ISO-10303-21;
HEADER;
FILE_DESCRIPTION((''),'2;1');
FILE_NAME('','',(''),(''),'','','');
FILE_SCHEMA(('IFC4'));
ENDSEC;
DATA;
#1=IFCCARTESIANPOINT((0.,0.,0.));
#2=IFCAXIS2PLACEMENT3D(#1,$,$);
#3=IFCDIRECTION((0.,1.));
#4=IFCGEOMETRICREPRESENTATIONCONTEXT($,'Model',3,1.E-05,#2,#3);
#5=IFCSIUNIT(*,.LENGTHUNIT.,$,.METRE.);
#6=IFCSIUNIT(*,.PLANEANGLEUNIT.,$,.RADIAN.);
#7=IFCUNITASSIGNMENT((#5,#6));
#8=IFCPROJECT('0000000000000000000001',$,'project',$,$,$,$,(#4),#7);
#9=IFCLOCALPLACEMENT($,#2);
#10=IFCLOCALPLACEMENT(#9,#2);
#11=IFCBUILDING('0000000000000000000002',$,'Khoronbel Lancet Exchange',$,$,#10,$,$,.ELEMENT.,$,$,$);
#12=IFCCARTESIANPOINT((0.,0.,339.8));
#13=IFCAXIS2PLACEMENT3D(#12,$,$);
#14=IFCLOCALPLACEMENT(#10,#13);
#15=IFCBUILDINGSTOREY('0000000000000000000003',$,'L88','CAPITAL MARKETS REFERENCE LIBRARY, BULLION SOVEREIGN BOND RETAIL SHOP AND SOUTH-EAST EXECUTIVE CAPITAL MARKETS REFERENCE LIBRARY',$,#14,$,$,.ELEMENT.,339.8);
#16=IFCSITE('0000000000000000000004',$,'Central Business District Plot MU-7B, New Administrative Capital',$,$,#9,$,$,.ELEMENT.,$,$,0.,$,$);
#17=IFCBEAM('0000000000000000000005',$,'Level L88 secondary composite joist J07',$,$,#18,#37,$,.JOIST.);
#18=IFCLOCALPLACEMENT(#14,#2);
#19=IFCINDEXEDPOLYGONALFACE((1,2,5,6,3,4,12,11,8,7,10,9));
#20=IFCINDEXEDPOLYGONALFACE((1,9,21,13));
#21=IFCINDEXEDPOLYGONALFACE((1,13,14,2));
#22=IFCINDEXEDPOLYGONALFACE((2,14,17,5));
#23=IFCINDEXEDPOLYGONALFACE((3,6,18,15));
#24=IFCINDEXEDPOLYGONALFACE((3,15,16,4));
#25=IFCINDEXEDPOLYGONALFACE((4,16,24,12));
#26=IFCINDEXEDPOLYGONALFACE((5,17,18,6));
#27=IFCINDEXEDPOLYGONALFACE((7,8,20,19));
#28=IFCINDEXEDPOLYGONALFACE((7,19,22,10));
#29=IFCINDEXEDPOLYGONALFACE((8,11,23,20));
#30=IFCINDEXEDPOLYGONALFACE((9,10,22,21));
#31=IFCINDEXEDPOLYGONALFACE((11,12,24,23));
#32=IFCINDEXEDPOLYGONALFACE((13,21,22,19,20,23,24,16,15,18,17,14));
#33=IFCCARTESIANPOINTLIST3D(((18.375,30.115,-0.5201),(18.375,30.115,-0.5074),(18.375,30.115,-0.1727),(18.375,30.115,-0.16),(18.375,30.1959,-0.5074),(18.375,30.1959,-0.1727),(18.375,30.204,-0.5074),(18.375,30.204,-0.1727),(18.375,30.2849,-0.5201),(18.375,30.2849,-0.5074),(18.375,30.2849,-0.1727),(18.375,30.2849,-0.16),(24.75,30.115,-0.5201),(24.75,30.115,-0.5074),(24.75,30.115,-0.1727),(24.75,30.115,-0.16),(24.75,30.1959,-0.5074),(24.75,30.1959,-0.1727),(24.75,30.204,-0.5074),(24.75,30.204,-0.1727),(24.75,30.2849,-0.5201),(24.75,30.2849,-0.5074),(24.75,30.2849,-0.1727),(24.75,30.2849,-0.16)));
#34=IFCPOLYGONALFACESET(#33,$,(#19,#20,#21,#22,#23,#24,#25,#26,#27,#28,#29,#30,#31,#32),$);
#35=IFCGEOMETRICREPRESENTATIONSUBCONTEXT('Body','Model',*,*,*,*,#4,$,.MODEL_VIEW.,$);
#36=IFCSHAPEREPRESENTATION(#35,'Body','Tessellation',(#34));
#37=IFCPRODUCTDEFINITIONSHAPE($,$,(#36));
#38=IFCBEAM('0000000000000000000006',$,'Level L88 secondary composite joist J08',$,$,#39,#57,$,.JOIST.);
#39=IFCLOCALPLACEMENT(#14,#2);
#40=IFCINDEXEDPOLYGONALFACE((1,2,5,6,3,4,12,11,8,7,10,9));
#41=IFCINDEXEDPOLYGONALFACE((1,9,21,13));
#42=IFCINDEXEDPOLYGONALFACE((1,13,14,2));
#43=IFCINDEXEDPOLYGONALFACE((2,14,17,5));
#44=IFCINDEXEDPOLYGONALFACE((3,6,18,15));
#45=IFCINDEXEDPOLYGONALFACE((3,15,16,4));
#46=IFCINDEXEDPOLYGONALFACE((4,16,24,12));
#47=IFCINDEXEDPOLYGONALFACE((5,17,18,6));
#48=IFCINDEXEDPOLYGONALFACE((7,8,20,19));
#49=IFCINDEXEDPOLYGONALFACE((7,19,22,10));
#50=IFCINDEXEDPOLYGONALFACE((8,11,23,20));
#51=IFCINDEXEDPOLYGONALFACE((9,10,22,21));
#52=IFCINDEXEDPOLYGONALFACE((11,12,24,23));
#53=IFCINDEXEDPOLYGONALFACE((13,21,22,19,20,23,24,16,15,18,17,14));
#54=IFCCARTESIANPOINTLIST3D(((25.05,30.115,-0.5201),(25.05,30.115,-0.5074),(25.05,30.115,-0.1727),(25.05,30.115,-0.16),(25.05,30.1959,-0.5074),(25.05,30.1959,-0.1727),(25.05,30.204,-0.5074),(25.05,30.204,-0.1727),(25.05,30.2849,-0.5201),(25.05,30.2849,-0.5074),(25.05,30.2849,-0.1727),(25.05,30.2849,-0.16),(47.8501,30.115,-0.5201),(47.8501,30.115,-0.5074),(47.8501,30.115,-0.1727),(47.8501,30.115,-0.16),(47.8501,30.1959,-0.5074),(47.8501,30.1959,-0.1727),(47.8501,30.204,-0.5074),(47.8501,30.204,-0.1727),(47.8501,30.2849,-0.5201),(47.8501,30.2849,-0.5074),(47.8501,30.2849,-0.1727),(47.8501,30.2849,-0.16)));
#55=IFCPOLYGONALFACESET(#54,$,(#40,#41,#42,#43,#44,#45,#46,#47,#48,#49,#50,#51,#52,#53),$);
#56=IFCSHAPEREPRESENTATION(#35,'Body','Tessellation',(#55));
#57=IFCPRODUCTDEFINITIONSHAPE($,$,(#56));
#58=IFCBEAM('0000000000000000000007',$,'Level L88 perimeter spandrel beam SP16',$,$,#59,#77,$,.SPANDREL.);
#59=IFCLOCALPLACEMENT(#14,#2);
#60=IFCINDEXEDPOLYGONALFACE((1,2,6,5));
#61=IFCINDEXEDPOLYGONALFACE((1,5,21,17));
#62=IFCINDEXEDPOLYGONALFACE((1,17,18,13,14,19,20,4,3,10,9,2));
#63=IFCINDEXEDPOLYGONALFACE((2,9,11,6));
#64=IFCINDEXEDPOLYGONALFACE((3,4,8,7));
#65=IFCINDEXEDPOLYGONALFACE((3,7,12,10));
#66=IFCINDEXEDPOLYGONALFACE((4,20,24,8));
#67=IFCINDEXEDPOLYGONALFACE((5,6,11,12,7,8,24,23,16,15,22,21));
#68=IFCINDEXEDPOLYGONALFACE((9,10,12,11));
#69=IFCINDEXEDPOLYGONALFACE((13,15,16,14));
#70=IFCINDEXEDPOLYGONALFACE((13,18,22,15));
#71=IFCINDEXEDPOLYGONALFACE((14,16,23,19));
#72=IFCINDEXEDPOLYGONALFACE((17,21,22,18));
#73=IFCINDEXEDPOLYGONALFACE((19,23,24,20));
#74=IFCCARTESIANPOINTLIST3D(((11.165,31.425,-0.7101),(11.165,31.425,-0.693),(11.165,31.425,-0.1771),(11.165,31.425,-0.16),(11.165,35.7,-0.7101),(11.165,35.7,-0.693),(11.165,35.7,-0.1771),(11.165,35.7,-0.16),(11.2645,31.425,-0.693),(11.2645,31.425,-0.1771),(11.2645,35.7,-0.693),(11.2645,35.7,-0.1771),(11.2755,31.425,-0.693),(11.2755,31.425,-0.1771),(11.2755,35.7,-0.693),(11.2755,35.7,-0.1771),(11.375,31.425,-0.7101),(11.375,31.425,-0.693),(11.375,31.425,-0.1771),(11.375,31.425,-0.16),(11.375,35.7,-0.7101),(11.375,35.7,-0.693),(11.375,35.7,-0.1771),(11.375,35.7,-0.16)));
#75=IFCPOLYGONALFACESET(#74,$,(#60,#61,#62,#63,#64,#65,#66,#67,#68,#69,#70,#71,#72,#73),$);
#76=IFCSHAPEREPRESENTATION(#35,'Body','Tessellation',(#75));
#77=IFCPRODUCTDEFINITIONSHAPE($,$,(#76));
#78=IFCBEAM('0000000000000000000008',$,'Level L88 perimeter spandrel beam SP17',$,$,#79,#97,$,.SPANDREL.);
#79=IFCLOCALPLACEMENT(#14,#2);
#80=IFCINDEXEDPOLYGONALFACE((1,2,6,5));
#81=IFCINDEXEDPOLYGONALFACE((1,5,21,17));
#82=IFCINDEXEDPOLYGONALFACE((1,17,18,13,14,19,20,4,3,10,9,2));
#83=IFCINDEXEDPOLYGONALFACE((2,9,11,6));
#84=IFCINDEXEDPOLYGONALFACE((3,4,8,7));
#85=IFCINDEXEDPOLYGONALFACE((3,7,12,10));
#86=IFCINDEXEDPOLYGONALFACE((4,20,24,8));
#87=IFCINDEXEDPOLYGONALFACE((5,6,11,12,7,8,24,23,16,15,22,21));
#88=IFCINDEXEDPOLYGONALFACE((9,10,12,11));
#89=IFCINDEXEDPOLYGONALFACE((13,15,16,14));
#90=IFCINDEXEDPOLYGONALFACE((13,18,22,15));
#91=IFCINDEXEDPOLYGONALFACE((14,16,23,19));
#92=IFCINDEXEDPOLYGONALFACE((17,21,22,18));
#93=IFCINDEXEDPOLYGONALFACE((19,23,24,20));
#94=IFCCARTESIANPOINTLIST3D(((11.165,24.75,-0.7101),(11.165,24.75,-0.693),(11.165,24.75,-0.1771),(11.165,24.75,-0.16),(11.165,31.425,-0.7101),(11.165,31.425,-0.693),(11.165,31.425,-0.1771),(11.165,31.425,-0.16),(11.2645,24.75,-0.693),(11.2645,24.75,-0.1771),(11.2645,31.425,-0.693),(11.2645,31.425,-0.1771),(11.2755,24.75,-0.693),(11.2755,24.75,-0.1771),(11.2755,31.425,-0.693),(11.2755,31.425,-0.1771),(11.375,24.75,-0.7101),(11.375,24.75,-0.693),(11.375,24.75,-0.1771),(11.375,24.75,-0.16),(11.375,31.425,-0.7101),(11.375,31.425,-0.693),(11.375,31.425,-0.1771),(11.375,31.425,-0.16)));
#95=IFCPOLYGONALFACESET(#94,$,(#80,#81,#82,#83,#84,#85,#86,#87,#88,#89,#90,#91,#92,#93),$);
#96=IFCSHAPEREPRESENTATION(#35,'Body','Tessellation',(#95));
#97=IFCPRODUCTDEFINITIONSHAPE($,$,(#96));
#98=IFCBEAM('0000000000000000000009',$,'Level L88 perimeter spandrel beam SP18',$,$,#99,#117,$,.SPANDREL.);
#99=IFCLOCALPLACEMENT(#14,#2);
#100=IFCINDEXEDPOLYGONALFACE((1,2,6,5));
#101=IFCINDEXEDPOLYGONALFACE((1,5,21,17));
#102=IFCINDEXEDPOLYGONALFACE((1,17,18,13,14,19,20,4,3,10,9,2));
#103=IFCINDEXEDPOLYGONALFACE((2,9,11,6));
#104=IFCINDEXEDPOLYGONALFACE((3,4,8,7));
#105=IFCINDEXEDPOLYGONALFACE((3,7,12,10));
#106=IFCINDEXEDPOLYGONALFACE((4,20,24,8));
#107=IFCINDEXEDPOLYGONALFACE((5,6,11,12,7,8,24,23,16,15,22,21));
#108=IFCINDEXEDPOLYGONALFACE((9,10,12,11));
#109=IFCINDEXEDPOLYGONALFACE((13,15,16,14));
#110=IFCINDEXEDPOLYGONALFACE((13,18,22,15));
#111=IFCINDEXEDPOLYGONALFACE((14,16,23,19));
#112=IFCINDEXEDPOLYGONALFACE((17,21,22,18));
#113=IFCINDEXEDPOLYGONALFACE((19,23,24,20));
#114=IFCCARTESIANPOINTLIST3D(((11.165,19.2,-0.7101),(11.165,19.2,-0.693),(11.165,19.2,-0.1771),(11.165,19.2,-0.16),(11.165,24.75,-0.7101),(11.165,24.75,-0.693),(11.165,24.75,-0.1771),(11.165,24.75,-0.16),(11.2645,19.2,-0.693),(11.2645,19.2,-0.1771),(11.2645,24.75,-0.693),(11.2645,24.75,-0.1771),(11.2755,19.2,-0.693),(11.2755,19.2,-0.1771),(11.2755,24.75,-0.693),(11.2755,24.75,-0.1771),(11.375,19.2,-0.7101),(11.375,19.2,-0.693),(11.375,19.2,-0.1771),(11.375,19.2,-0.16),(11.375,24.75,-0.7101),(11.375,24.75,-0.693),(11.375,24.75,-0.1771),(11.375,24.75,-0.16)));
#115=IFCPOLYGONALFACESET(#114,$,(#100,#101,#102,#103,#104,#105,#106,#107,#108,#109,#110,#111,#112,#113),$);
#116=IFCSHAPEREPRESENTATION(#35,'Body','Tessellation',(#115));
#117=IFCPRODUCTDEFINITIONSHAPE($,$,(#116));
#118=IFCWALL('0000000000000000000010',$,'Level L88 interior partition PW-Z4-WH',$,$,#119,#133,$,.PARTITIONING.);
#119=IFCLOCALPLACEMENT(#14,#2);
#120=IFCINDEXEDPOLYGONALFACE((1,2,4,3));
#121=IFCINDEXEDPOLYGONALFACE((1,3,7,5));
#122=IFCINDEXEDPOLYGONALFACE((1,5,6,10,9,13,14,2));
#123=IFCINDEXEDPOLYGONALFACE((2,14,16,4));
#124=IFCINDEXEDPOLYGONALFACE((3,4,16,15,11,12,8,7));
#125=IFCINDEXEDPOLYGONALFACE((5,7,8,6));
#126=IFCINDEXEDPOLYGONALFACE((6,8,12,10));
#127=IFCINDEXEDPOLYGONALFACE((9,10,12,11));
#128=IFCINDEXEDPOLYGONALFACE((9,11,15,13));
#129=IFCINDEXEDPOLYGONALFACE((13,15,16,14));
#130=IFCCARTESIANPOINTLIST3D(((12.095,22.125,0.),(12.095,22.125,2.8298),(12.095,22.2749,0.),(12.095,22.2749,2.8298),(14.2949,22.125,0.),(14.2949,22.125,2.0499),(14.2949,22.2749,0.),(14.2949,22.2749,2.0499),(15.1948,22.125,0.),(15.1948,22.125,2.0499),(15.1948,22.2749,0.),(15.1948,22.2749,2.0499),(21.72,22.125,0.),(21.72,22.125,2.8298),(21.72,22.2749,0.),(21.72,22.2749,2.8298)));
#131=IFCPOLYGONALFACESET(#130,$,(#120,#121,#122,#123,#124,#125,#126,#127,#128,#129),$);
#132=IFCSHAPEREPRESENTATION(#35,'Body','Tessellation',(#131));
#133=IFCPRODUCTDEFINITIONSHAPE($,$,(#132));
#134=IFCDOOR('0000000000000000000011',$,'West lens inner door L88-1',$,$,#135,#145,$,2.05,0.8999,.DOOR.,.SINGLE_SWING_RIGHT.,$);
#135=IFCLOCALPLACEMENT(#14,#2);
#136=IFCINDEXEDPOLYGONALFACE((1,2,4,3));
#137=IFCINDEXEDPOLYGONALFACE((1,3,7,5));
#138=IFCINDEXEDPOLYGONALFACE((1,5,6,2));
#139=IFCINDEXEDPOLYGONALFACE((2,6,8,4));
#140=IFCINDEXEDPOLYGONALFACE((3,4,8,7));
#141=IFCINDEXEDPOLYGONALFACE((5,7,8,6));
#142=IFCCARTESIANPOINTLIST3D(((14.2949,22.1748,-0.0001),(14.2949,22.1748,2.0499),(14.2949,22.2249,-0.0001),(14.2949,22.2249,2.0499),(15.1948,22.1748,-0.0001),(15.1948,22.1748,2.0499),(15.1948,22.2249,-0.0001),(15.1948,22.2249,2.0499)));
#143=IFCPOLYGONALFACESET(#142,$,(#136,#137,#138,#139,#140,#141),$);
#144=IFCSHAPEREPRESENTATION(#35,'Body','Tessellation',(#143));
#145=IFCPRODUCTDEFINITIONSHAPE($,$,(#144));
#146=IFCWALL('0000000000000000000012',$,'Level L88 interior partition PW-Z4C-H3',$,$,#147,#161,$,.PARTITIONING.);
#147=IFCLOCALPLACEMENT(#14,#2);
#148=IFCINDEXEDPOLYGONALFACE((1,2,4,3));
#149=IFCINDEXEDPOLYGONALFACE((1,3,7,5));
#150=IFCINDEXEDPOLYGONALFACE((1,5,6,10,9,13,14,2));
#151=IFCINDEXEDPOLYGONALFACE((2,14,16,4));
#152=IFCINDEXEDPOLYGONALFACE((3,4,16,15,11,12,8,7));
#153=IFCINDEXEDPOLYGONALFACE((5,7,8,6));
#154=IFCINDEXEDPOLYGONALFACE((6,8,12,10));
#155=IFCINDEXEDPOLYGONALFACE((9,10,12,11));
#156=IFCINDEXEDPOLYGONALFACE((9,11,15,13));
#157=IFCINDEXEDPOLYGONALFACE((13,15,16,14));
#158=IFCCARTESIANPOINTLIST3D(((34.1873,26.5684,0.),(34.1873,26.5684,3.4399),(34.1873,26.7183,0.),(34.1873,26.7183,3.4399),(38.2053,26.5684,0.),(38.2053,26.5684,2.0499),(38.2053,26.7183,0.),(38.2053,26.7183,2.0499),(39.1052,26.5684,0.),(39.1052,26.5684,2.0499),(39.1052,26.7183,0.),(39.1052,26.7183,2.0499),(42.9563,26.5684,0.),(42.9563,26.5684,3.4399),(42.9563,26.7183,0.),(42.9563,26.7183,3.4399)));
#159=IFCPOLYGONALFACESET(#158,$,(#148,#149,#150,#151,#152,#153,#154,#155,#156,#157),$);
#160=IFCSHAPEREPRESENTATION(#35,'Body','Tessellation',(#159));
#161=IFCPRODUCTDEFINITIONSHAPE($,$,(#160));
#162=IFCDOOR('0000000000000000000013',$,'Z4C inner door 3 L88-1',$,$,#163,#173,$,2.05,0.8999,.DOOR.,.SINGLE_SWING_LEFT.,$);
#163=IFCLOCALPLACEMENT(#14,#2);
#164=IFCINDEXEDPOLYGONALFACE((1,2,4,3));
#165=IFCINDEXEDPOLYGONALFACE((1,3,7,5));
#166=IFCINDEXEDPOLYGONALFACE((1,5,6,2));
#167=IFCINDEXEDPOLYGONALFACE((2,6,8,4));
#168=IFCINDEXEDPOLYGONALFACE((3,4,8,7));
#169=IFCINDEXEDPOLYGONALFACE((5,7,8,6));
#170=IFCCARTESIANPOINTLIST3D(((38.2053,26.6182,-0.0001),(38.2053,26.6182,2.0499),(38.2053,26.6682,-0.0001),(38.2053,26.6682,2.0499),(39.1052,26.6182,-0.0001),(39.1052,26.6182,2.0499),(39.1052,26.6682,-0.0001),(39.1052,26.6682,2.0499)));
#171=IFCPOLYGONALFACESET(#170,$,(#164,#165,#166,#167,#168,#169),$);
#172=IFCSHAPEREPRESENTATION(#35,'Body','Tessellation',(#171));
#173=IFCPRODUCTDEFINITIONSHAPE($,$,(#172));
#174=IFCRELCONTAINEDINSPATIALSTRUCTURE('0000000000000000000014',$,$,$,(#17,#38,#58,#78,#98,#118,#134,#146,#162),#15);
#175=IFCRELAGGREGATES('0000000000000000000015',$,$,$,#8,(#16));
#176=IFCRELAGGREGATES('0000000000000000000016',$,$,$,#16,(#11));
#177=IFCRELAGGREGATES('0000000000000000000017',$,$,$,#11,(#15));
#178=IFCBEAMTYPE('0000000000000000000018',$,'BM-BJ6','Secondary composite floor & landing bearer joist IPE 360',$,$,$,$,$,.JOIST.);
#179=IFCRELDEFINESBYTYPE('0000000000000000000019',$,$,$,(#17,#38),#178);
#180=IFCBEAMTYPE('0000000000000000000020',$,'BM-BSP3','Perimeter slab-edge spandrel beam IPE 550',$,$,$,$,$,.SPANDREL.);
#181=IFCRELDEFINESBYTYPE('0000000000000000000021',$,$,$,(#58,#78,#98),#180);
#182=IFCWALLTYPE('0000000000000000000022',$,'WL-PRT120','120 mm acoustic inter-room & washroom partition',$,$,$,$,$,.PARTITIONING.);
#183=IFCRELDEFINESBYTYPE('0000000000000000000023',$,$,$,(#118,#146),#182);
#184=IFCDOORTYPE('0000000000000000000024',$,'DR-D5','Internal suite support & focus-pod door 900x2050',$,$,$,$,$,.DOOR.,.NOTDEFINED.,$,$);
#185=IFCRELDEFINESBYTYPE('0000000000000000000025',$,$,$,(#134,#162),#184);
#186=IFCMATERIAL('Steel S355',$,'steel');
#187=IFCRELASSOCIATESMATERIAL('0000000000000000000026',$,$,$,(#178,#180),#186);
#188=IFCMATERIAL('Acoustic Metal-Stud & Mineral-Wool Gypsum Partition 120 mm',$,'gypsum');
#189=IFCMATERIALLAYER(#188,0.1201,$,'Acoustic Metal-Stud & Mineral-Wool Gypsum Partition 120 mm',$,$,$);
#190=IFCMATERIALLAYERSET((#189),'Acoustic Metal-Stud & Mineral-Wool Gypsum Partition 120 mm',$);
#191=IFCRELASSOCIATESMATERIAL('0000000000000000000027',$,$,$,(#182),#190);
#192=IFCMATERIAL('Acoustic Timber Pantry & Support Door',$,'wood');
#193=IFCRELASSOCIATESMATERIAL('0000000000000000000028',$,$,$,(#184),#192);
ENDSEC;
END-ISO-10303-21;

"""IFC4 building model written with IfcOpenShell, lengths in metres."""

from ifc_helpers import new_model, si_unit, direction, frame, frame_2d, origin, origin_2d, place, context, subcontext, project, spatial, rectangle, i_section, extrude, material, layer, layer_set, material_profile, profile_set, type_object, element, fill, save


model = new_model("IFC4")

# Units and contexts
model_context = context("Model", 3, precision=1e-05, world=origin(), true_north=direction((0.0, 1.0)))
body_context = subcontext(model_context, "Body", "Model", "MODEL_VIEW")
ifc_project = project(units=[si_unit("LENGTHUNIT", "METRE"), si_unit("PLANEANGLEUNIT", "RADIAN")], contexts=[model_context])

# Site, building, storey
site_placement = place(None, origin())
site = spatial("IfcSite", under=ifc_project, at=site_placement, Name="Central Business District Plot MU-7B, New Administrative Capital", CompositionType="ELEMENT", RefElevation=0.0)
building_placement = place(site_placement, origin())
building = spatial("IfcBuilding", under=site, at=building_placement, Name="Khoronbel Lancet Exchange", CompositionType="ELEMENT")
storey_placement = place(building_placement, frame((0.0, 0.0, 339.8)))
storey = spatial("IfcBuildingStorey", under=building, at=storey_placement, Name="L88", Description="CAPITAL MARKETS REFERENCE LIBRARY, BULLION SOVEREIGN BOND RETAIL SHOP AND SOUTH-EAST EXECUTIVE CAPITAL MARKETS REFERENCE LIBRARY", CompositionType="ELEMENT", Elevation=339.8)

# Shared definitions
ifc_material_1 = material(Name="Steel S355", Category="steel")

# Beams
ifc_material_profile_1 = material_profile(ifc_material_1, i_section(OverallWidth=0.1699, OverallDepth=0.3601, WebThickness=0.0081, FlangeThickness=0.0127, at=origin_2d()), Name="IPE 360")
ifc_profile_set_1 = profile_set([ifc_material_profile_1], Name="Steel S355")
beam_type_1 = type_object("IfcBeamType", Name="BM-BJ6", Description="Secondary composite floor & landing bearer joist IPE 360", PredefinedType="JOIST", material=ifc_profile_set_1)
beam_1_placement = place(storey_placement, frame((18.375, 30.2, -0.3401), z_axis=(1.0, 0.0, 0.0), x_axis=(0.0, 1.0, 0.0)))
element("IfcBeam", 1, at=beam_1_placement, inside=storey, type_object=beam_type_1, Name="Level L88 secondary composite joist J07", PredefinedType="JOIST", context=body_context, shape_type="SweptSolid", body=[
    extrude(i_section(OverallWidth=0.1699, OverallDepth=0.3601, WebThickness=0.0081, FlangeThickness=0.0127, at=origin_2d()), origin(), (0.0, 0.0, 1.0), 6.375),
])
beam_2_placement = place(storey_placement, frame((25.05, 30.2, -0.3401), z_axis=(1.0, 0.0, 0.0), x_axis=(0.0, 1.0, 0.0)))
element("IfcBeam", 2, at=beam_2_placement, inside=storey, type_object=beam_type_1, Name="Level L88 secondary composite joist J08", PredefinedType="JOIST", context=body_context, shape_type="SweptSolid", body=[
    extrude(i_section(OverallWidth=0.1699, OverallDepth=0.3601, WebThickness=0.0081, FlangeThickness=0.0127, at=origin_2d()), origin(), (0.0, 0.0, 1.0), 22.8),
])
ifc_material_profile_2 = material_profile(ifc_material_1, i_section(OverallWidth=0.21, OverallDepth=0.55, WebThickness=0.011, FlangeThickness=0.0171, at=origin_2d()), Name="IPE 550")
ifc_profile_set_2 = profile_set([ifc_material_profile_2], Name="Steel S355")
beam_type_2 = type_object("IfcBeamType", Name="BM-BSP3", Description="Perimeter slab-edge spandrel beam IPE 550", PredefinedType="SPANDREL", material=ifc_profile_set_2)
beam_3_placement = place(storey_placement, frame((11.27, 35.7, -0.4351), z_axis=(0.0, -1.0, 0.0), x_axis=(1.0, 0.0, 0.0)))
element("IfcBeam", 3, at=beam_3_placement, inside=storey, type_object=beam_type_2, Name="Level L88 perimeter spandrel beam SP16", PredefinedType="SPANDREL", context=body_context, shape_type="SweptSolid", body=[
    extrude(i_section(OverallWidth=0.21, OverallDepth=0.55, WebThickness=0.011, FlangeThickness=0.0171, at=origin_2d()), origin(), (0.0, 0.0, 1.0), 4.2749),
])
beam_4_placement = place(storey_placement, frame((11.27, 31.425, -0.4351), z_axis=(0.0, -1.0, 0.0), x_axis=(1.0, 0.0, 0.0)))
element("IfcBeam", 4, at=beam_4_placement, inside=storey, type_object=beam_type_2, Name="Level L88 perimeter spandrel beam SP17", PredefinedType="SPANDREL", context=body_context, shape_type="SweptSolid", body=[
    extrude(i_section(OverallWidth=0.21, OverallDepth=0.55, WebThickness=0.011, FlangeThickness=0.0171, at=origin_2d()), origin(), (0.0, 0.0, 1.0), 6.675),
])
beam_5_placement = place(storey_placement, frame((11.27, 24.75, -0.4351), z_axis=(0.0, -1.0, 0.0), x_axis=(1.0, 0.0, 0.0)))
element("IfcBeam", 5, at=beam_5_placement, inside=storey, type_object=beam_type_2, Name="Level L88 perimeter spandrel beam SP18", PredefinedType="SPANDREL", context=body_context, shape_type="SweptSolid", body=[
    extrude(i_section(OverallWidth=0.21, OverallDepth=0.55, WebThickness=0.011, FlangeThickness=0.0171, at=origin_2d()), origin(), (0.0, 0.0, 1.0), 5.55),
])

# Walls, openings, doors
ifc_material_2 = material(Name="Acoustic Metal-Stud & Mineral-Wool Gypsum Partition 120 mm", Category="gypsum")
ifc_layer_1 = layer(ifc_material_2, 0.1201, Name="Acoustic Metal-Stud & Mineral-Wool Gypsum Partition 120 mm")
ifc_layer_set_1 = layer_set([ifc_layer_1], Name="Acoustic Metal-Stud & Mineral-Wool Gypsum Partition 120 mm")
wall_type_1 = type_object("IfcWallType", Name="WL-PRT120", Description="120 mm acoustic inter-room & washroom partition", PredefinedType="PARTITIONING", material=ifc_layer_set_1)
wall_1_placement = place(storey_placement, frame((12.095, 22.2, 0.0), z_axis=(0.0, 0.0, 1.0), x_axis=(1.0, 0.0, 0.0)))
wall_1 = element("IfcWall", 6, at=wall_1_placement, inside=storey, type_object=wall_type_1, Name="Level L88 interior partition PW-Z4-WH", PredefinedType="PARTITIONING", context=body_context, shape_type="SweptSolid", body=[
    extrude(rectangle(XDim=9.625, YDim=0.1499, at=frame_2d((4.8125, 0.0))), origin(), (0.0, 0.0, 1.0), 2.8298),
])
opening_1_placement = place(wall_1_placement, frame((2.2, 0.0, 0.0)))
opening_1 = element("IfcOpeningElement", 7, at=opening_1_placement, cuts=wall_1, PredefinedType="OPENING", context=body_context, shape_type="SweptSolid", body=[
    extrude(rectangle(XDim=0.8999, YDim=2.05, at=frame_2d((0.45, 1.0249))), frame((0.0, 0.085, 0.0), z_axis=(0.0, -1.0, 0.0), x_axis=(1.0, 0.0, 0.0)), (0.0, 0.0, 1.0), 0.1699),
])
ifc_material_3 = material(Name="Acoustic Timber Pantry & Support Door", Category="wood")
door_type_1 = type_object("IfcDoorType", Name="DR-D5", Description="Internal suite support & focus-pod door 900x2050", OperationType="NOTDEFINED", PredefinedType="DOOR", material=ifc_material_3)
door_1_placement = place(opening_1_placement, origin())
door_1 = element("IfcDoor", 8, at=door_1_placement, inside=storey, type_object=door_type_1, Name="West lens inner door L88-1", OperationType="SINGLE_SWING_RIGHT", OverallHeight=2.05, OverallWidth=0.8999, PredefinedType="DOOR", context=body_context, shape_type="SweptSolid", body=[
    extrude(rectangle(XDim=0.8999, YDim=2.05, at=frame_2d((0.45, 1.0249))), frame((0.0, 0.0249, 0.0), z_axis=(0.0, -1.0, 0.0), x_axis=(1.0, 0.0, 0.0)), (0.0, 0.0, 1.0), 0.05),
])
fill(opening_1, door_1)
wall_2_placement = place(storey_placement, frame((34.1873, 26.6433, 0.0), z_axis=(0.0, 0.0, 1.0), x_axis=(1.0, 0.0, 0.0)))
wall_2 = element("IfcWall", 9, at=wall_2_placement, inside=storey, type_object=wall_type_1, Name="Level L88 interior partition PW-Z4C-H3", PredefinedType="PARTITIONING", context=body_context, shape_type="SweptSolid", body=[
    extrude(rectangle(XDim=8.769, YDim=0.1499, at=frame_2d((4.3845, 0.0))), origin(), (0.0, 0.0, 1.0), 3.4399),
])
opening_2_placement = place(wall_2_placement, frame((4.0181, 0.0, 0.0)))
opening_2 = element("IfcOpeningElement", 10, at=opening_2_placement, cuts=wall_2, PredefinedType="OPENING", context=body_context, shape_type="SweptSolid", body=[
    extrude(rectangle(XDim=0.8999, YDim=2.05, at=frame_2d((0.45, 1.0249))), frame((0.0, 0.085, 0.0), z_axis=(0.0, -1.0, 0.0), x_axis=(1.0, 0.0, 0.0)), (0.0, 0.0, 1.0), 0.1699),
])
door_2_placement = place(opening_2_placement, origin())
door_2 = element("IfcDoor", 11, at=door_2_placement, inside=storey, type_object=door_type_1, Name="Z4C inner door 3 L88-1", OperationType="SINGLE_SWING_LEFT", OverallHeight=2.05, OverallWidth=0.8999, PredefinedType="DOOR", context=body_context, shape_type="SweptSolid", body=[
    extrude(rectangle(XDim=0.8999, YDim=2.05, at=frame_2d((0.45, 1.0249))), frame((0.0, 0.0249, 0.0), z_axis=(0.0, -1.0, 0.0), x_axis=(1.0, 0.0, 0.0)), (0.0, 0.0, 1.0), 0.05),
])
fill(opening_2, door_2)

save(model, "model.ifc")
